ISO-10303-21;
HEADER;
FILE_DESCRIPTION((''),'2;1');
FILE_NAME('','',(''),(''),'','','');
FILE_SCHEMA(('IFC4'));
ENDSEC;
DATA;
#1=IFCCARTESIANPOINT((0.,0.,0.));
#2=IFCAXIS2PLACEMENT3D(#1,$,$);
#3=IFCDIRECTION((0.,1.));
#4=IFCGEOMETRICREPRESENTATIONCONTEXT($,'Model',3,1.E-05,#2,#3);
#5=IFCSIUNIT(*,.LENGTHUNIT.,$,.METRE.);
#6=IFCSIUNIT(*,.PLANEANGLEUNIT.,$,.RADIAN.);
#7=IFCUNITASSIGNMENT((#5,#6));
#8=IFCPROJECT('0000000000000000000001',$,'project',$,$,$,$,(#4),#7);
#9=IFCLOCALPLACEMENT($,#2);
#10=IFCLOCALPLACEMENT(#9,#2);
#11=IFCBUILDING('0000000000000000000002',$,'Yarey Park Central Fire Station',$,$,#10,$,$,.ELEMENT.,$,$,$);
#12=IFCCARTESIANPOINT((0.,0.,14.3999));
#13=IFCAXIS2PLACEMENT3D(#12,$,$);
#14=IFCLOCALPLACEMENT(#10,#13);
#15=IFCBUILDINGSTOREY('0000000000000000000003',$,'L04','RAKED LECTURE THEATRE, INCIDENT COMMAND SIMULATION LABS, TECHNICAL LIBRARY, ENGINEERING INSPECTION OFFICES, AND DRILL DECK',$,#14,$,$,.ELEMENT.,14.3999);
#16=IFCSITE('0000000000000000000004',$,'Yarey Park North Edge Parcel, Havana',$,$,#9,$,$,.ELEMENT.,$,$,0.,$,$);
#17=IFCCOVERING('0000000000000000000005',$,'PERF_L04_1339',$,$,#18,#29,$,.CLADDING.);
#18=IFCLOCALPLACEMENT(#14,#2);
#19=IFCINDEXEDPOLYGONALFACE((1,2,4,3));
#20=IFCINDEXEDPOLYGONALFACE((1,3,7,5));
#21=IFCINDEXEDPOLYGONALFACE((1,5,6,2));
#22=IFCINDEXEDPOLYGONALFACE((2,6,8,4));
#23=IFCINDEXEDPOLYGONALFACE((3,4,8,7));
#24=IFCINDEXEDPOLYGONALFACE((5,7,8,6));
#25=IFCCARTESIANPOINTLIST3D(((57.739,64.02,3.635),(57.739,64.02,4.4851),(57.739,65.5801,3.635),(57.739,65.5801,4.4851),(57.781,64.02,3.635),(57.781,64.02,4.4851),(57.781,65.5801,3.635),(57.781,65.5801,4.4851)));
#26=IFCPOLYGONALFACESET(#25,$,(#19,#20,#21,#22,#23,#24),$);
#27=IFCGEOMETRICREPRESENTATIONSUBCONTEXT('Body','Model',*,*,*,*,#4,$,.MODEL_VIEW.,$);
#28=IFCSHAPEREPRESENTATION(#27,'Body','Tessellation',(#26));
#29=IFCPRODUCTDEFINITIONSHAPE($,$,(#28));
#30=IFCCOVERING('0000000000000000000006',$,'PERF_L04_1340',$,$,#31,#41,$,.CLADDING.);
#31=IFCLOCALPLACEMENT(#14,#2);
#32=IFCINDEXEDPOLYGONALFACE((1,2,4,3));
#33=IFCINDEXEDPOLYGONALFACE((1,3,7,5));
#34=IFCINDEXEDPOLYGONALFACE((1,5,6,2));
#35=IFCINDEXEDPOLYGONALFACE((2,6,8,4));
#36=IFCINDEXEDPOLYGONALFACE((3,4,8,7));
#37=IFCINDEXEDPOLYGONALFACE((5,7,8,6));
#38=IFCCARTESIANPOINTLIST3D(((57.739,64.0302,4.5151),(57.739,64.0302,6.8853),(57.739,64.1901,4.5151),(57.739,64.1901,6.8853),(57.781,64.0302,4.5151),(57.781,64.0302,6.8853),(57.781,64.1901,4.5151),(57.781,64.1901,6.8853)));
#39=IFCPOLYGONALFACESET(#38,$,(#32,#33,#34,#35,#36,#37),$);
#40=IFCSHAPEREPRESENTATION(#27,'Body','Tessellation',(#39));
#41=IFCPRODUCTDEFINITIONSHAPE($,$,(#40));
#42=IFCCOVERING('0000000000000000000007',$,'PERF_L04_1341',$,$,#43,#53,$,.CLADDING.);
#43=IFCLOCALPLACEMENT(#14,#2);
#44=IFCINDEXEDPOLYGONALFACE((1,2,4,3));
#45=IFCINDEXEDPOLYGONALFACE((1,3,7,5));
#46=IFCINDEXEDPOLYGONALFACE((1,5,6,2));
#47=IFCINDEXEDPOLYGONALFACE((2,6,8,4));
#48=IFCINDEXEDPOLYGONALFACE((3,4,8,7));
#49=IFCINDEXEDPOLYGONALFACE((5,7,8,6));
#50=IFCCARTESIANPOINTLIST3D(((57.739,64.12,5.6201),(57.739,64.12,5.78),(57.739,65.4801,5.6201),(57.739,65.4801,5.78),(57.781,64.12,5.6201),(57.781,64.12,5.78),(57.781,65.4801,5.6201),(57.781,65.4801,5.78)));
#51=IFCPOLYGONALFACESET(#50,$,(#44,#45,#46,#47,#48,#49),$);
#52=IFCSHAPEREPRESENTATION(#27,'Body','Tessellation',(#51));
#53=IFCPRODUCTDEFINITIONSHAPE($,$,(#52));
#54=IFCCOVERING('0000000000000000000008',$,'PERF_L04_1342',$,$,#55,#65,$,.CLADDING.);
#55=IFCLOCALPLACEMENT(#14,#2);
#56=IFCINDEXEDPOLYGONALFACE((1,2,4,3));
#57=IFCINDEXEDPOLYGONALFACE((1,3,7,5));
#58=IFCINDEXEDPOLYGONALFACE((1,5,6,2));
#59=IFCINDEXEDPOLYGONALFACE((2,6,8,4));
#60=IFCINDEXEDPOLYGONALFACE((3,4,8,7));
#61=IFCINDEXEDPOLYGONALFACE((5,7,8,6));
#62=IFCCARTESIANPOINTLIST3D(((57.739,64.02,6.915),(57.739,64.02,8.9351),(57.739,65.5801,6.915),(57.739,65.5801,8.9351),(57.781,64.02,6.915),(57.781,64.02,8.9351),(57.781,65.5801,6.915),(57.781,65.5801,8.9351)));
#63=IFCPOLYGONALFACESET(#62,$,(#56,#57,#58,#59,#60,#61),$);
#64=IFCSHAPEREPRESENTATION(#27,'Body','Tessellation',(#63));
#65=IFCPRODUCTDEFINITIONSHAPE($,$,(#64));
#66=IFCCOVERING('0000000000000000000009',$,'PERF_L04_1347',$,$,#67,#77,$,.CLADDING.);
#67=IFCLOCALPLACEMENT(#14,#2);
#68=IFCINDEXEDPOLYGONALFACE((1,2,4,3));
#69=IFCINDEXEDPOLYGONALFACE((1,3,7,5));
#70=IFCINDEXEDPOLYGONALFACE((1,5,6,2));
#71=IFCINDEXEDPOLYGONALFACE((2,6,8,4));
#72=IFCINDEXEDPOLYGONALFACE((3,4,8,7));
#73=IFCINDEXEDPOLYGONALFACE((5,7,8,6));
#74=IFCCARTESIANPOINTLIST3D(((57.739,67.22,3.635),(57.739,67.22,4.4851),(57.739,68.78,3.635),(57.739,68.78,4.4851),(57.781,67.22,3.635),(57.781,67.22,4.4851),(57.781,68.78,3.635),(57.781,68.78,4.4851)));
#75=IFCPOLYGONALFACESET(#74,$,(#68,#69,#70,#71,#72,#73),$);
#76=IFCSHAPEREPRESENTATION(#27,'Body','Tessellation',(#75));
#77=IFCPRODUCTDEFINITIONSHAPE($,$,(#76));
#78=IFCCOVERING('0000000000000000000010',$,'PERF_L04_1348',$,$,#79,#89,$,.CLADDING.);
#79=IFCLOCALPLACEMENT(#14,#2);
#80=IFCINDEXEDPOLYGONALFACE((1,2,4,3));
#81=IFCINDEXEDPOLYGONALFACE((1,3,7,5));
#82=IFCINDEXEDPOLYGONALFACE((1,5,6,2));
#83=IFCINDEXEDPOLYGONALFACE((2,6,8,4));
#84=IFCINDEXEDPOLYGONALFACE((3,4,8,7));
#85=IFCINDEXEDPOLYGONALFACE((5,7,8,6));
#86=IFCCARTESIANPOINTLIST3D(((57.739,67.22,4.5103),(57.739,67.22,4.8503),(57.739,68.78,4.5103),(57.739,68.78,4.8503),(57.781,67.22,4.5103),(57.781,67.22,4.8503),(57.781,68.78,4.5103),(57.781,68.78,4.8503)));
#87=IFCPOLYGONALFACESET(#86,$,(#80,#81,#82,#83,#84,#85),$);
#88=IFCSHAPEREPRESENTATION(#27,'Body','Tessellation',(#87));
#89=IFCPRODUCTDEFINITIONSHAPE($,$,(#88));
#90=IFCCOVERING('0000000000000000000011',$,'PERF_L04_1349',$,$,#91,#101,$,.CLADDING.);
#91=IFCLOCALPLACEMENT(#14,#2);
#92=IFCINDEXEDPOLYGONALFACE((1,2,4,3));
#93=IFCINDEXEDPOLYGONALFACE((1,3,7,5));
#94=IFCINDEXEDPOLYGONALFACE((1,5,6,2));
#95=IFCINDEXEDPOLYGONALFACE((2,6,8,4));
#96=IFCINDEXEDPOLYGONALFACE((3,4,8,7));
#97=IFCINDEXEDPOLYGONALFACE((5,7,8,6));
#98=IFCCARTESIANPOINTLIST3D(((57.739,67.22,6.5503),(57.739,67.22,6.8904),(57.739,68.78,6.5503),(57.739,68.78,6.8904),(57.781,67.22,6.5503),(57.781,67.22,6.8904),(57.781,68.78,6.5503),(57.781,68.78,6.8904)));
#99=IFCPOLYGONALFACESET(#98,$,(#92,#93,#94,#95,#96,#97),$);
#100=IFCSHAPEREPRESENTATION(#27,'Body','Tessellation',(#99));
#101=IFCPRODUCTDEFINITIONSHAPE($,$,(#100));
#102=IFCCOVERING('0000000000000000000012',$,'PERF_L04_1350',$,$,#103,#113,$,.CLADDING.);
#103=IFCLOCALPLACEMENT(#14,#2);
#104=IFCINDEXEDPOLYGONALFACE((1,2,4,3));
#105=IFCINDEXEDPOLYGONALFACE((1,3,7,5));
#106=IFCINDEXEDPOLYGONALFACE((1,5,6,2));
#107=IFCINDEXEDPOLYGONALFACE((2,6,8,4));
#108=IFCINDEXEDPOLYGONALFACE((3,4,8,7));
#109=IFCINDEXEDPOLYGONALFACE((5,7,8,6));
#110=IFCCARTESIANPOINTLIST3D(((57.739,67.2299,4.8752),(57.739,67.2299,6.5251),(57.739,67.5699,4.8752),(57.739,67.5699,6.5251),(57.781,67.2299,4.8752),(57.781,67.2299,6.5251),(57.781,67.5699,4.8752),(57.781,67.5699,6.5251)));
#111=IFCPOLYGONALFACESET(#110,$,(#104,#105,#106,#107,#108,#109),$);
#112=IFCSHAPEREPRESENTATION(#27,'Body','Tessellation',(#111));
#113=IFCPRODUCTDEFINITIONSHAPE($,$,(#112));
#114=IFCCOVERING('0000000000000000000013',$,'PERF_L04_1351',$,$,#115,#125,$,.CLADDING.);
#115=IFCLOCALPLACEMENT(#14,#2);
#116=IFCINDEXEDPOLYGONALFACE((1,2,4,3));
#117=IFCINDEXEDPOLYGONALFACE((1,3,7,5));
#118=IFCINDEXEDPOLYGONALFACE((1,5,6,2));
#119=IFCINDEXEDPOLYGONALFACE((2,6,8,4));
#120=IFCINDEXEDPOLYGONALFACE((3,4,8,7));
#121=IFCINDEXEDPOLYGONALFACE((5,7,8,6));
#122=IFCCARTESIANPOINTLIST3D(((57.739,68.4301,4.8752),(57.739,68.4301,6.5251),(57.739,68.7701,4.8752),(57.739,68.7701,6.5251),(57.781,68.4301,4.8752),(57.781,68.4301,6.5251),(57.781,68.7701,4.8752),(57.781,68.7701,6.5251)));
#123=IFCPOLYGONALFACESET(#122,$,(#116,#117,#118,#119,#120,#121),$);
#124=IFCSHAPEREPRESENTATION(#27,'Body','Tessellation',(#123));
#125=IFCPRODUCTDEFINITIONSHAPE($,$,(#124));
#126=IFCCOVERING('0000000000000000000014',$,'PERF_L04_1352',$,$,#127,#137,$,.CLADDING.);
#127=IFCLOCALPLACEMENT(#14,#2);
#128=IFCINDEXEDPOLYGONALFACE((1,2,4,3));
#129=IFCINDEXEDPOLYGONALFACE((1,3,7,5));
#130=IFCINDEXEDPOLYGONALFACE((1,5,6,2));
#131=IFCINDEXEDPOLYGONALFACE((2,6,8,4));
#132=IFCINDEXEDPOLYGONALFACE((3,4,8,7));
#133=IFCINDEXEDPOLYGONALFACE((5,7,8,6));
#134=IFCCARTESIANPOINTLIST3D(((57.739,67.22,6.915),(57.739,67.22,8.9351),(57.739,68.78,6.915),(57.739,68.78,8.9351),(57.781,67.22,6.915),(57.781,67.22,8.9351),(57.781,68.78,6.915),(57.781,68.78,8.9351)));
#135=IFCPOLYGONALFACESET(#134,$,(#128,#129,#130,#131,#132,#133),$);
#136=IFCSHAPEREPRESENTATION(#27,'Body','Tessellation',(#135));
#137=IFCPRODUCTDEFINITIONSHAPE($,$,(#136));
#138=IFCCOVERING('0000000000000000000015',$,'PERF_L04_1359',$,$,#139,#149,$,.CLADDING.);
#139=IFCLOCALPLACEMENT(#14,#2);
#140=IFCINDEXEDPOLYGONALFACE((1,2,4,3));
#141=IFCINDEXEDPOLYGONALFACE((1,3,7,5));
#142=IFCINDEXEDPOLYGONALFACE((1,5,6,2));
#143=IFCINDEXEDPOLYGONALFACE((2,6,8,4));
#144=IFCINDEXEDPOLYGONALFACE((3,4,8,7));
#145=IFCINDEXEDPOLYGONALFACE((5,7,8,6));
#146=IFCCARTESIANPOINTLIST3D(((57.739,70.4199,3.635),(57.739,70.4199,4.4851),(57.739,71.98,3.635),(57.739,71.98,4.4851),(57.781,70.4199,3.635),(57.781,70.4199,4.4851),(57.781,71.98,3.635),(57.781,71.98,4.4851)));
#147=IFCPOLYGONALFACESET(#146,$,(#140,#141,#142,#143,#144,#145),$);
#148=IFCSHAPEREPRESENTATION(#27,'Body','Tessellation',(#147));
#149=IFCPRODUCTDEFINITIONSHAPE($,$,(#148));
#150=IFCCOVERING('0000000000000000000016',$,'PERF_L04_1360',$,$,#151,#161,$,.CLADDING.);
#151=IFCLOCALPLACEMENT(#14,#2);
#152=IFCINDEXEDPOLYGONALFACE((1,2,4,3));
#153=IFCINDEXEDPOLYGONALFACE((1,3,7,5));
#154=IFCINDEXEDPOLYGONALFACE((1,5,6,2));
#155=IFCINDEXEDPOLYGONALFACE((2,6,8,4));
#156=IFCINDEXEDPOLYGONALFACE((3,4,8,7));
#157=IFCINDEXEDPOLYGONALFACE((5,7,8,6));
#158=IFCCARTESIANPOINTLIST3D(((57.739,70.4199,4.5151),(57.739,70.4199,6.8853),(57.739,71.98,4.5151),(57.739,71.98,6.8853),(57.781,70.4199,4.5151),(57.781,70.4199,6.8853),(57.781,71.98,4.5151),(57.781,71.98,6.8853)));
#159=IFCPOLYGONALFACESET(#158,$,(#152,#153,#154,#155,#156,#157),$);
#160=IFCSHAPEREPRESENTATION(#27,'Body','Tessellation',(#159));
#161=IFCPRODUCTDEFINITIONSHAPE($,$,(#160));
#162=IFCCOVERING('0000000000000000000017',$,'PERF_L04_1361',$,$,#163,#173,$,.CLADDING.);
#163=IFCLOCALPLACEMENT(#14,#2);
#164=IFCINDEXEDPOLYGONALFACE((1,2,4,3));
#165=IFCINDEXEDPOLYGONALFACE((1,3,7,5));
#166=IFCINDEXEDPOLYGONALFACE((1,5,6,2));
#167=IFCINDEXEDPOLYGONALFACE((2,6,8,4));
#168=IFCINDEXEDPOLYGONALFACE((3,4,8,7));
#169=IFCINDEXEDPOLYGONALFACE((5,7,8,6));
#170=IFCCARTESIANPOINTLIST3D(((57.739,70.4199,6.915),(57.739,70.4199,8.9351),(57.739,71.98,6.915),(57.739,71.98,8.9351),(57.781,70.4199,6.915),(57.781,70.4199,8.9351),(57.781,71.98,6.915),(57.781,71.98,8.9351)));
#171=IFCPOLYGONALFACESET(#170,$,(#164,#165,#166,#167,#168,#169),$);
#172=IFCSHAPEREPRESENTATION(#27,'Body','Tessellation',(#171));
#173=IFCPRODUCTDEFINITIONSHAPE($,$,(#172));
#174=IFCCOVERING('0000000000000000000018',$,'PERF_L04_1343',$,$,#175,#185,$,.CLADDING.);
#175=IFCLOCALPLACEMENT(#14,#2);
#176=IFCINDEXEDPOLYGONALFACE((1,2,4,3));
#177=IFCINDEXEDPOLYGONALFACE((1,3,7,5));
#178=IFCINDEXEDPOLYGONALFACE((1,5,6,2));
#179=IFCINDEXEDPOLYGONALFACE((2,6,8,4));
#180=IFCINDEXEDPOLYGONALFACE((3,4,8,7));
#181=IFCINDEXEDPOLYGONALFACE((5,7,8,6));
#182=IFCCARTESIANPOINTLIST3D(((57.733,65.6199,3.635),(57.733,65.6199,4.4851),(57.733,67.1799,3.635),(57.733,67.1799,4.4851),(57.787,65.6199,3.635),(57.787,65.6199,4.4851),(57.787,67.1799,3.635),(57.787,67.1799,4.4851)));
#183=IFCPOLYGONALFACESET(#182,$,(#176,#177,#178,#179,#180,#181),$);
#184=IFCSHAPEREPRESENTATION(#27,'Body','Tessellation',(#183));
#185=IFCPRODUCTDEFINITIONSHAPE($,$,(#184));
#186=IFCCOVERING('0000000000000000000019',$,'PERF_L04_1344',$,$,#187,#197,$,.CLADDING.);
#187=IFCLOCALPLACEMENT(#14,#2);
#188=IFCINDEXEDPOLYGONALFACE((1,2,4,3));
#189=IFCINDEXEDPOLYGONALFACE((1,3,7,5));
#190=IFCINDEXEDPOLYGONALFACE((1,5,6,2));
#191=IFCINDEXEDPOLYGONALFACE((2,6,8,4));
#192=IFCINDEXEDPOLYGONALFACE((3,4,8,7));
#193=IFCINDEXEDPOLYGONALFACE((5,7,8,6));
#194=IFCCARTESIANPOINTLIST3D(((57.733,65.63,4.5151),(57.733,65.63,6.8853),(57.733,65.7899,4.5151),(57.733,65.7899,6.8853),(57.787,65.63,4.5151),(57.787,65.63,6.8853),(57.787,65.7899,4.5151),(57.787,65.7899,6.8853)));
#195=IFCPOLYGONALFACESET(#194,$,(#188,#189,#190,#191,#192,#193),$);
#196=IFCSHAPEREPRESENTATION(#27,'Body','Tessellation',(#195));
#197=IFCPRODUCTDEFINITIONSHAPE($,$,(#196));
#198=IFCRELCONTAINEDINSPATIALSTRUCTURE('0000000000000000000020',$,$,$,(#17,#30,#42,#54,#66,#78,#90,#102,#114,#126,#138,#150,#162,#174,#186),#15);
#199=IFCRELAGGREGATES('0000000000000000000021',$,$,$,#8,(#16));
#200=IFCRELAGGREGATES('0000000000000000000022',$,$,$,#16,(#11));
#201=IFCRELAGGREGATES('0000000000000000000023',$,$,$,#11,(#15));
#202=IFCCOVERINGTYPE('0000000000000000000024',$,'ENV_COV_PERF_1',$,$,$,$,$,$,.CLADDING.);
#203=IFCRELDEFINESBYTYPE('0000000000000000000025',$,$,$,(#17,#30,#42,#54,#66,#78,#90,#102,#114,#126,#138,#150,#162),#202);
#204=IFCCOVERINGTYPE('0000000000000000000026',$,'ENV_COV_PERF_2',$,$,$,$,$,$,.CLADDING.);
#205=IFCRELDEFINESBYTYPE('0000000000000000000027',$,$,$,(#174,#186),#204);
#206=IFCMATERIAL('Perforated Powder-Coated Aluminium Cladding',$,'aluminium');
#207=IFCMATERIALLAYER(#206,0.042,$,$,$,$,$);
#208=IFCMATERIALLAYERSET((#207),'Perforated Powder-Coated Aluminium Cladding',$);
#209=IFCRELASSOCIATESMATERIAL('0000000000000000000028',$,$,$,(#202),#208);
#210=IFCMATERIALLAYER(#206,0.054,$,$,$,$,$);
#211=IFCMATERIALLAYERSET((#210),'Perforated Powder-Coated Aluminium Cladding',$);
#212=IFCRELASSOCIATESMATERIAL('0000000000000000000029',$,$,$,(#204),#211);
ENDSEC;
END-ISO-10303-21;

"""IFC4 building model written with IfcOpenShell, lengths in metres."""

from ifc_helpers import new_model, si_unit, direction, frame, origin, origin_2d, place, context, subcontext, project, spatial, rectangle, extrude, material, layer, layer_set, type_object, element, save


model = new_model("IFC4")

# Units and contexts
model_context = context("Model", 3, precision=1e-05, world=origin(), true_north=direction((0.0, 1.0)))
body_context = subcontext(model_context, "Body", "Model", "MODEL_VIEW")
ifc_project = project(units=[si_unit("LENGTHUNIT", "METRE"), si_unit("PLANEANGLEUNIT", "RADIAN")], contexts=[model_context])

# Site, building, storey
site_placement = place(None, origin())
site = spatial("IfcSite", under=ifc_project, at=site_placement, Name="Yarey Park North Edge Parcel, Havana", CompositionType="ELEMENT", RefElevation=0.0)
building_placement = place(site_placement, origin())
building = spatial("IfcBuilding", under=site, at=building_placement, Name="Yarey Park Central Fire Station", CompositionType="ELEMENT")
storey_placement = place(building_placement, frame((0.0, 0.0, 14.3999)))
storey = spatial("IfcBuildingStorey", under=building, at=storey_placement, Name="L04", Description="RAKED LECTURE THEATRE, INCIDENT COMMAND SIMULATION LABS, TECHNICAL LIBRARY, ENGINEERING INSPECTION OFFICES, AND DRILL DECK", CompositionType="ELEMENT", Elevation=14.3999)

# Coverings
ifc_material = material(Name="Perforated Powder-Coated Aluminium Cladding", Category="aluminium")
ifc_layer_1 = layer(ifc_material, 0.042)
ifc_layer_set_1 = layer_set([ifc_layer_1], Name="Perforated Powder-Coated Aluminium Cladding")
covering_type_1 = type_object("IfcCoveringType", Name="ENV_COV_PERF_1", PredefinedType="CLADDING", material=ifc_layer_set_1)
covering_1_placement = place(storey_placement, frame((57.76, 64.8, 3.635), z_axis=(0.0, 0.0, 1.0), x_axis=(0.0, 1.0, 0.0)))
element("IfcCovering", 1, at=covering_1_placement, inside=storey, type_object=covering_type_1, Name="PERF_L04_1339", PredefinedType="CLADDING", context=body_context, shape_type="SweptSolid", body=[
    extrude(rectangle(XDim=1.5601, YDim=0.042, at=origin_2d()), origin(), (0.0, 0.0, 1.0), 0.8501),
])
covering_2_placement = place(storey_placement, frame((57.76, 64.1101, 4.5151), z_axis=(0.0, 0.0, 1.0), x_axis=(0.0, 1.0, 0.0)))
element("IfcCovering", 2, at=covering_2_placement, inside=storey, type_object=covering_type_1, Name="PERF_L04_1340", PredefinedType="CLADDING", context=body_context, shape_type="SweptSolid", body=[
    extrude(rectangle(XDim=0.1599, YDim=0.042, at=origin_2d()), origin(), (0.0, 0.0, 1.0), 2.3701),
])
covering_3_placement = place(storey_placement, frame((57.76, 64.8, 5.6201), z_axis=(0.0, 0.0, 1.0), x_axis=(0.0, 1.0, 0.0)))
element("IfcCovering", 3, at=covering_3_placement, inside=storey, type_object=covering_type_1, Name="PERF_L04_1341", PredefinedType="CLADDING", context=body_context, shape_type="SweptSolid", body=[
    extrude(rectangle(XDim=1.3601, YDim=0.042, at=origin_2d()), origin(), (0.0, 0.0, 1.0), 0.1599),
])
covering_4_placement = place(storey_placement, frame((57.76, 64.8, 6.915), z_axis=(0.0, 0.0, 1.0), x_axis=(0.0, 1.0, 0.0)))
element("IfcCovering", 4, at=covering_4_placement, inside=storey, type_object=covering_type_1, Name="PERF_L04_1342", PredefinedType="CLADDING", context=body_context, shape_type="SweptSolid", body=[
    extrude(rectangle(XDim=1.5601, YDim=0.042, at=origin_2d()), origin(), (0.0, 0.0, 1.0), 2.02),
])
covering_5_placement = place(storey_placement, frame((57.76, 68.0, 3.635), z_axis=(0.0, 0.0, 1.0), x_axis=(0.0, 1.0, 0.0)))
element("IfcCovering", 5, at=covering_5_placement, inside=storey, type_object=covering_type_1, Name="PERF_L04_1347", PredefinedType="CLADDING", context=body_context, shape_type="SweptSolid", body=[
    extrude(rectangle(XDim=1.5601, YDim=0.042, at=origin_2d()), origin(), (0.0, 0.0, 1.0), 0.8501),
])
for number, where, z_axis, x_axis, name in (
    (6, (57.76, 68.0, 4.5103), (0.0, 0.0, 1.0), (0.0, 1.0, 0.0), "PERF_L04_1348"),
    (7, (57.76, 68.0, 6.5503), (0.0, 0.0, 1.0), (0.0, 1.0, 0.0), "PERF_L04_1349"),
):
    element("IfcCovering", number, at=place(storey_placement, frame(where, z_axis=z_axis, x_axis=x_axis)), inside=storey, type_object=covering_type_1, Name=name, PredefinedType="CLADDING", context=body_context, shape_type="SweptSolid", body=[
        extrude(rectangle(XDim=1.5601, YDim=0.042, at=origin_2d()), origin(), (0.0, 0.0, 1.0), 0.3401),
    ])
for number, where, z_axis, x_axis, name in (
    (8, (57.76, 67.3999, 4.8752), (0.0, 0.0, 1.0), (0.0, 1.0, 0.0), "PERF_L04_1350"),
    (9, (57.76, 68.6001, 4.8752), (0.0, 0.0, 1.0), (0.0, 1.0, 0.0), "PERF_L04_1351"),
):
    element("IfcCovering", number, at=place(storey_placement, frame(where, z_axis=z_axis, x_axis=x_axis)), inside=storey, type_object=covering_type_1, Name=name, PredefinedType="CLADDING", context=body_context, shape_type="SweptSolid", body=[
        extrude(rectangle(XDim=0.3401, YDim=0.042, at=origin_2d()), origin(), (0.0, 0.0, 1.0), 1.6499),
    ])
covering_6_placement = place(storey_placement, frame((57.76, 68.0, 6.915), z_axis=(0.0, 0.0, 1.0), x_axis=(0.0, 1.0, 0.0)))
element("IfcCovering", 10, at=covering_6_placement, inside=storey, type_object=covering_type_1, Name="PERF_L04_1352", PredefinedType="CLADDING", context=body_context, shape_type="SweptSolid", body=[
    extrude(rectangle(XDim=1.5601, YDim=0.042, at=origin_2d()), origin(), (0.0, 0.0, 1.0), 2.02),
])
covering_7_placement = place(storey_placement, frame((57.76, 71.2, 3.635), z_axis=(0.0, 0.0, 1.0), x_axis=(0.0, 1.0, 0.0)))
element("IfcCovering", 11, at=covering_7_placement, inside=storey, type_object=covering_type_1, Name="PERF_L04_1359", PredefinedType="CLADDING", context=body_context, shape_type="SweptSolid", body=[
    extrude(rectangle(XDim=1.5601, YDim=0.042, at=origin_2d()), origin(), (0.0, 0.0, 1.0), 0.8501),
])
covering_8_placement = place(storey_placement, frame((57.76, 71.2, 4.5151), z_axis=(0.0, 0.0, 1.0), x_axis=(0.0, 1.0, 0.0)))
element("IfcCovering", 12, at=covering_8_placement, inside=storey, type_object=covering_type_1, Name="PERF_L04_1360", PredefinedType="CLADDING", context=body_context, shape_type="SweptSolid", body=[
    extrude(rectangle(XDim=1.5601, YDim=0.042, at=origin_2d()), origin(), (0.0, 0.0, 1.0), 2.3701),
])
covering_9_placement = place(storey_placement, frame((57.76, 71.2, 6.915), z_axis=(0.0, 0.0, 1.0), x_axis=(0.0, 1.0, 0.0)))
element("IfcCovering", 13, at=covering_9_placement, inside=storey, type_object=covering_type_1, Name="PERF_L04_1361", PredefinedType="CLADDING", context=body_context, shape_type="SweptSolid", body=[
    extrude(rectangle(XDim=1.5601, YDim=0.042, at=origin_2d()), origin(), (0.0, 0.0, 1.0), 2.02),
])
ifc_layer_2 = layer(ifc_material, 0.054)
ifc_layer_set_2 = layer_set([ifc_layer_2], Name="Perforated Powder-Coated Aluminium Cladding")
covering_type_2 = type_object("IfcCoveringType", Name="ENV_COV_PERF_2", PredefinedType="CLADDING", material=ifc_layer_set_2)
covering_10_placement = place(storey_placement, frame((57.76, 66.3999, 3.635), z_axis=(0.0, 0.0, 1.0), x_axis=(0.0, 1.0, 0.0)))
element("IfcCovering", 14, at=covering_10_placement, inside=storey, type_object=covering_type_2, Name="PERF_L04_1343", PredefinedType="CLADDING", context=body_context, shape_type="SweptSolid", body=[
    extrude(rectangle(XDim=1.5601, YDim=0.054, at=origin_2d()), origin(), (0.0, 0.0, 1.0), 0.8501),
])
covering_11_placement = place(storey_placement, frame((57.76, 65.71, 4.5151), z_axis=(0.0, 0.0, 1.0), x_axis=(0.0, 1.0, 0.0)))
element("IfcCovering", 15, at=covering_11_placement, inside=storey, type_object=covering_type_2, Name="PERF_L04_1344", PredefinedType="CLADDING", context=body_context, shape_type="SweptSolid", body=[
    extrude(rectangle(XDim=0.1599, YDim=0.054, at=origin_2d()), origin(), (0.0, 0.0, 1.0), 2.3701),
])

save(model, "model.ifc")
